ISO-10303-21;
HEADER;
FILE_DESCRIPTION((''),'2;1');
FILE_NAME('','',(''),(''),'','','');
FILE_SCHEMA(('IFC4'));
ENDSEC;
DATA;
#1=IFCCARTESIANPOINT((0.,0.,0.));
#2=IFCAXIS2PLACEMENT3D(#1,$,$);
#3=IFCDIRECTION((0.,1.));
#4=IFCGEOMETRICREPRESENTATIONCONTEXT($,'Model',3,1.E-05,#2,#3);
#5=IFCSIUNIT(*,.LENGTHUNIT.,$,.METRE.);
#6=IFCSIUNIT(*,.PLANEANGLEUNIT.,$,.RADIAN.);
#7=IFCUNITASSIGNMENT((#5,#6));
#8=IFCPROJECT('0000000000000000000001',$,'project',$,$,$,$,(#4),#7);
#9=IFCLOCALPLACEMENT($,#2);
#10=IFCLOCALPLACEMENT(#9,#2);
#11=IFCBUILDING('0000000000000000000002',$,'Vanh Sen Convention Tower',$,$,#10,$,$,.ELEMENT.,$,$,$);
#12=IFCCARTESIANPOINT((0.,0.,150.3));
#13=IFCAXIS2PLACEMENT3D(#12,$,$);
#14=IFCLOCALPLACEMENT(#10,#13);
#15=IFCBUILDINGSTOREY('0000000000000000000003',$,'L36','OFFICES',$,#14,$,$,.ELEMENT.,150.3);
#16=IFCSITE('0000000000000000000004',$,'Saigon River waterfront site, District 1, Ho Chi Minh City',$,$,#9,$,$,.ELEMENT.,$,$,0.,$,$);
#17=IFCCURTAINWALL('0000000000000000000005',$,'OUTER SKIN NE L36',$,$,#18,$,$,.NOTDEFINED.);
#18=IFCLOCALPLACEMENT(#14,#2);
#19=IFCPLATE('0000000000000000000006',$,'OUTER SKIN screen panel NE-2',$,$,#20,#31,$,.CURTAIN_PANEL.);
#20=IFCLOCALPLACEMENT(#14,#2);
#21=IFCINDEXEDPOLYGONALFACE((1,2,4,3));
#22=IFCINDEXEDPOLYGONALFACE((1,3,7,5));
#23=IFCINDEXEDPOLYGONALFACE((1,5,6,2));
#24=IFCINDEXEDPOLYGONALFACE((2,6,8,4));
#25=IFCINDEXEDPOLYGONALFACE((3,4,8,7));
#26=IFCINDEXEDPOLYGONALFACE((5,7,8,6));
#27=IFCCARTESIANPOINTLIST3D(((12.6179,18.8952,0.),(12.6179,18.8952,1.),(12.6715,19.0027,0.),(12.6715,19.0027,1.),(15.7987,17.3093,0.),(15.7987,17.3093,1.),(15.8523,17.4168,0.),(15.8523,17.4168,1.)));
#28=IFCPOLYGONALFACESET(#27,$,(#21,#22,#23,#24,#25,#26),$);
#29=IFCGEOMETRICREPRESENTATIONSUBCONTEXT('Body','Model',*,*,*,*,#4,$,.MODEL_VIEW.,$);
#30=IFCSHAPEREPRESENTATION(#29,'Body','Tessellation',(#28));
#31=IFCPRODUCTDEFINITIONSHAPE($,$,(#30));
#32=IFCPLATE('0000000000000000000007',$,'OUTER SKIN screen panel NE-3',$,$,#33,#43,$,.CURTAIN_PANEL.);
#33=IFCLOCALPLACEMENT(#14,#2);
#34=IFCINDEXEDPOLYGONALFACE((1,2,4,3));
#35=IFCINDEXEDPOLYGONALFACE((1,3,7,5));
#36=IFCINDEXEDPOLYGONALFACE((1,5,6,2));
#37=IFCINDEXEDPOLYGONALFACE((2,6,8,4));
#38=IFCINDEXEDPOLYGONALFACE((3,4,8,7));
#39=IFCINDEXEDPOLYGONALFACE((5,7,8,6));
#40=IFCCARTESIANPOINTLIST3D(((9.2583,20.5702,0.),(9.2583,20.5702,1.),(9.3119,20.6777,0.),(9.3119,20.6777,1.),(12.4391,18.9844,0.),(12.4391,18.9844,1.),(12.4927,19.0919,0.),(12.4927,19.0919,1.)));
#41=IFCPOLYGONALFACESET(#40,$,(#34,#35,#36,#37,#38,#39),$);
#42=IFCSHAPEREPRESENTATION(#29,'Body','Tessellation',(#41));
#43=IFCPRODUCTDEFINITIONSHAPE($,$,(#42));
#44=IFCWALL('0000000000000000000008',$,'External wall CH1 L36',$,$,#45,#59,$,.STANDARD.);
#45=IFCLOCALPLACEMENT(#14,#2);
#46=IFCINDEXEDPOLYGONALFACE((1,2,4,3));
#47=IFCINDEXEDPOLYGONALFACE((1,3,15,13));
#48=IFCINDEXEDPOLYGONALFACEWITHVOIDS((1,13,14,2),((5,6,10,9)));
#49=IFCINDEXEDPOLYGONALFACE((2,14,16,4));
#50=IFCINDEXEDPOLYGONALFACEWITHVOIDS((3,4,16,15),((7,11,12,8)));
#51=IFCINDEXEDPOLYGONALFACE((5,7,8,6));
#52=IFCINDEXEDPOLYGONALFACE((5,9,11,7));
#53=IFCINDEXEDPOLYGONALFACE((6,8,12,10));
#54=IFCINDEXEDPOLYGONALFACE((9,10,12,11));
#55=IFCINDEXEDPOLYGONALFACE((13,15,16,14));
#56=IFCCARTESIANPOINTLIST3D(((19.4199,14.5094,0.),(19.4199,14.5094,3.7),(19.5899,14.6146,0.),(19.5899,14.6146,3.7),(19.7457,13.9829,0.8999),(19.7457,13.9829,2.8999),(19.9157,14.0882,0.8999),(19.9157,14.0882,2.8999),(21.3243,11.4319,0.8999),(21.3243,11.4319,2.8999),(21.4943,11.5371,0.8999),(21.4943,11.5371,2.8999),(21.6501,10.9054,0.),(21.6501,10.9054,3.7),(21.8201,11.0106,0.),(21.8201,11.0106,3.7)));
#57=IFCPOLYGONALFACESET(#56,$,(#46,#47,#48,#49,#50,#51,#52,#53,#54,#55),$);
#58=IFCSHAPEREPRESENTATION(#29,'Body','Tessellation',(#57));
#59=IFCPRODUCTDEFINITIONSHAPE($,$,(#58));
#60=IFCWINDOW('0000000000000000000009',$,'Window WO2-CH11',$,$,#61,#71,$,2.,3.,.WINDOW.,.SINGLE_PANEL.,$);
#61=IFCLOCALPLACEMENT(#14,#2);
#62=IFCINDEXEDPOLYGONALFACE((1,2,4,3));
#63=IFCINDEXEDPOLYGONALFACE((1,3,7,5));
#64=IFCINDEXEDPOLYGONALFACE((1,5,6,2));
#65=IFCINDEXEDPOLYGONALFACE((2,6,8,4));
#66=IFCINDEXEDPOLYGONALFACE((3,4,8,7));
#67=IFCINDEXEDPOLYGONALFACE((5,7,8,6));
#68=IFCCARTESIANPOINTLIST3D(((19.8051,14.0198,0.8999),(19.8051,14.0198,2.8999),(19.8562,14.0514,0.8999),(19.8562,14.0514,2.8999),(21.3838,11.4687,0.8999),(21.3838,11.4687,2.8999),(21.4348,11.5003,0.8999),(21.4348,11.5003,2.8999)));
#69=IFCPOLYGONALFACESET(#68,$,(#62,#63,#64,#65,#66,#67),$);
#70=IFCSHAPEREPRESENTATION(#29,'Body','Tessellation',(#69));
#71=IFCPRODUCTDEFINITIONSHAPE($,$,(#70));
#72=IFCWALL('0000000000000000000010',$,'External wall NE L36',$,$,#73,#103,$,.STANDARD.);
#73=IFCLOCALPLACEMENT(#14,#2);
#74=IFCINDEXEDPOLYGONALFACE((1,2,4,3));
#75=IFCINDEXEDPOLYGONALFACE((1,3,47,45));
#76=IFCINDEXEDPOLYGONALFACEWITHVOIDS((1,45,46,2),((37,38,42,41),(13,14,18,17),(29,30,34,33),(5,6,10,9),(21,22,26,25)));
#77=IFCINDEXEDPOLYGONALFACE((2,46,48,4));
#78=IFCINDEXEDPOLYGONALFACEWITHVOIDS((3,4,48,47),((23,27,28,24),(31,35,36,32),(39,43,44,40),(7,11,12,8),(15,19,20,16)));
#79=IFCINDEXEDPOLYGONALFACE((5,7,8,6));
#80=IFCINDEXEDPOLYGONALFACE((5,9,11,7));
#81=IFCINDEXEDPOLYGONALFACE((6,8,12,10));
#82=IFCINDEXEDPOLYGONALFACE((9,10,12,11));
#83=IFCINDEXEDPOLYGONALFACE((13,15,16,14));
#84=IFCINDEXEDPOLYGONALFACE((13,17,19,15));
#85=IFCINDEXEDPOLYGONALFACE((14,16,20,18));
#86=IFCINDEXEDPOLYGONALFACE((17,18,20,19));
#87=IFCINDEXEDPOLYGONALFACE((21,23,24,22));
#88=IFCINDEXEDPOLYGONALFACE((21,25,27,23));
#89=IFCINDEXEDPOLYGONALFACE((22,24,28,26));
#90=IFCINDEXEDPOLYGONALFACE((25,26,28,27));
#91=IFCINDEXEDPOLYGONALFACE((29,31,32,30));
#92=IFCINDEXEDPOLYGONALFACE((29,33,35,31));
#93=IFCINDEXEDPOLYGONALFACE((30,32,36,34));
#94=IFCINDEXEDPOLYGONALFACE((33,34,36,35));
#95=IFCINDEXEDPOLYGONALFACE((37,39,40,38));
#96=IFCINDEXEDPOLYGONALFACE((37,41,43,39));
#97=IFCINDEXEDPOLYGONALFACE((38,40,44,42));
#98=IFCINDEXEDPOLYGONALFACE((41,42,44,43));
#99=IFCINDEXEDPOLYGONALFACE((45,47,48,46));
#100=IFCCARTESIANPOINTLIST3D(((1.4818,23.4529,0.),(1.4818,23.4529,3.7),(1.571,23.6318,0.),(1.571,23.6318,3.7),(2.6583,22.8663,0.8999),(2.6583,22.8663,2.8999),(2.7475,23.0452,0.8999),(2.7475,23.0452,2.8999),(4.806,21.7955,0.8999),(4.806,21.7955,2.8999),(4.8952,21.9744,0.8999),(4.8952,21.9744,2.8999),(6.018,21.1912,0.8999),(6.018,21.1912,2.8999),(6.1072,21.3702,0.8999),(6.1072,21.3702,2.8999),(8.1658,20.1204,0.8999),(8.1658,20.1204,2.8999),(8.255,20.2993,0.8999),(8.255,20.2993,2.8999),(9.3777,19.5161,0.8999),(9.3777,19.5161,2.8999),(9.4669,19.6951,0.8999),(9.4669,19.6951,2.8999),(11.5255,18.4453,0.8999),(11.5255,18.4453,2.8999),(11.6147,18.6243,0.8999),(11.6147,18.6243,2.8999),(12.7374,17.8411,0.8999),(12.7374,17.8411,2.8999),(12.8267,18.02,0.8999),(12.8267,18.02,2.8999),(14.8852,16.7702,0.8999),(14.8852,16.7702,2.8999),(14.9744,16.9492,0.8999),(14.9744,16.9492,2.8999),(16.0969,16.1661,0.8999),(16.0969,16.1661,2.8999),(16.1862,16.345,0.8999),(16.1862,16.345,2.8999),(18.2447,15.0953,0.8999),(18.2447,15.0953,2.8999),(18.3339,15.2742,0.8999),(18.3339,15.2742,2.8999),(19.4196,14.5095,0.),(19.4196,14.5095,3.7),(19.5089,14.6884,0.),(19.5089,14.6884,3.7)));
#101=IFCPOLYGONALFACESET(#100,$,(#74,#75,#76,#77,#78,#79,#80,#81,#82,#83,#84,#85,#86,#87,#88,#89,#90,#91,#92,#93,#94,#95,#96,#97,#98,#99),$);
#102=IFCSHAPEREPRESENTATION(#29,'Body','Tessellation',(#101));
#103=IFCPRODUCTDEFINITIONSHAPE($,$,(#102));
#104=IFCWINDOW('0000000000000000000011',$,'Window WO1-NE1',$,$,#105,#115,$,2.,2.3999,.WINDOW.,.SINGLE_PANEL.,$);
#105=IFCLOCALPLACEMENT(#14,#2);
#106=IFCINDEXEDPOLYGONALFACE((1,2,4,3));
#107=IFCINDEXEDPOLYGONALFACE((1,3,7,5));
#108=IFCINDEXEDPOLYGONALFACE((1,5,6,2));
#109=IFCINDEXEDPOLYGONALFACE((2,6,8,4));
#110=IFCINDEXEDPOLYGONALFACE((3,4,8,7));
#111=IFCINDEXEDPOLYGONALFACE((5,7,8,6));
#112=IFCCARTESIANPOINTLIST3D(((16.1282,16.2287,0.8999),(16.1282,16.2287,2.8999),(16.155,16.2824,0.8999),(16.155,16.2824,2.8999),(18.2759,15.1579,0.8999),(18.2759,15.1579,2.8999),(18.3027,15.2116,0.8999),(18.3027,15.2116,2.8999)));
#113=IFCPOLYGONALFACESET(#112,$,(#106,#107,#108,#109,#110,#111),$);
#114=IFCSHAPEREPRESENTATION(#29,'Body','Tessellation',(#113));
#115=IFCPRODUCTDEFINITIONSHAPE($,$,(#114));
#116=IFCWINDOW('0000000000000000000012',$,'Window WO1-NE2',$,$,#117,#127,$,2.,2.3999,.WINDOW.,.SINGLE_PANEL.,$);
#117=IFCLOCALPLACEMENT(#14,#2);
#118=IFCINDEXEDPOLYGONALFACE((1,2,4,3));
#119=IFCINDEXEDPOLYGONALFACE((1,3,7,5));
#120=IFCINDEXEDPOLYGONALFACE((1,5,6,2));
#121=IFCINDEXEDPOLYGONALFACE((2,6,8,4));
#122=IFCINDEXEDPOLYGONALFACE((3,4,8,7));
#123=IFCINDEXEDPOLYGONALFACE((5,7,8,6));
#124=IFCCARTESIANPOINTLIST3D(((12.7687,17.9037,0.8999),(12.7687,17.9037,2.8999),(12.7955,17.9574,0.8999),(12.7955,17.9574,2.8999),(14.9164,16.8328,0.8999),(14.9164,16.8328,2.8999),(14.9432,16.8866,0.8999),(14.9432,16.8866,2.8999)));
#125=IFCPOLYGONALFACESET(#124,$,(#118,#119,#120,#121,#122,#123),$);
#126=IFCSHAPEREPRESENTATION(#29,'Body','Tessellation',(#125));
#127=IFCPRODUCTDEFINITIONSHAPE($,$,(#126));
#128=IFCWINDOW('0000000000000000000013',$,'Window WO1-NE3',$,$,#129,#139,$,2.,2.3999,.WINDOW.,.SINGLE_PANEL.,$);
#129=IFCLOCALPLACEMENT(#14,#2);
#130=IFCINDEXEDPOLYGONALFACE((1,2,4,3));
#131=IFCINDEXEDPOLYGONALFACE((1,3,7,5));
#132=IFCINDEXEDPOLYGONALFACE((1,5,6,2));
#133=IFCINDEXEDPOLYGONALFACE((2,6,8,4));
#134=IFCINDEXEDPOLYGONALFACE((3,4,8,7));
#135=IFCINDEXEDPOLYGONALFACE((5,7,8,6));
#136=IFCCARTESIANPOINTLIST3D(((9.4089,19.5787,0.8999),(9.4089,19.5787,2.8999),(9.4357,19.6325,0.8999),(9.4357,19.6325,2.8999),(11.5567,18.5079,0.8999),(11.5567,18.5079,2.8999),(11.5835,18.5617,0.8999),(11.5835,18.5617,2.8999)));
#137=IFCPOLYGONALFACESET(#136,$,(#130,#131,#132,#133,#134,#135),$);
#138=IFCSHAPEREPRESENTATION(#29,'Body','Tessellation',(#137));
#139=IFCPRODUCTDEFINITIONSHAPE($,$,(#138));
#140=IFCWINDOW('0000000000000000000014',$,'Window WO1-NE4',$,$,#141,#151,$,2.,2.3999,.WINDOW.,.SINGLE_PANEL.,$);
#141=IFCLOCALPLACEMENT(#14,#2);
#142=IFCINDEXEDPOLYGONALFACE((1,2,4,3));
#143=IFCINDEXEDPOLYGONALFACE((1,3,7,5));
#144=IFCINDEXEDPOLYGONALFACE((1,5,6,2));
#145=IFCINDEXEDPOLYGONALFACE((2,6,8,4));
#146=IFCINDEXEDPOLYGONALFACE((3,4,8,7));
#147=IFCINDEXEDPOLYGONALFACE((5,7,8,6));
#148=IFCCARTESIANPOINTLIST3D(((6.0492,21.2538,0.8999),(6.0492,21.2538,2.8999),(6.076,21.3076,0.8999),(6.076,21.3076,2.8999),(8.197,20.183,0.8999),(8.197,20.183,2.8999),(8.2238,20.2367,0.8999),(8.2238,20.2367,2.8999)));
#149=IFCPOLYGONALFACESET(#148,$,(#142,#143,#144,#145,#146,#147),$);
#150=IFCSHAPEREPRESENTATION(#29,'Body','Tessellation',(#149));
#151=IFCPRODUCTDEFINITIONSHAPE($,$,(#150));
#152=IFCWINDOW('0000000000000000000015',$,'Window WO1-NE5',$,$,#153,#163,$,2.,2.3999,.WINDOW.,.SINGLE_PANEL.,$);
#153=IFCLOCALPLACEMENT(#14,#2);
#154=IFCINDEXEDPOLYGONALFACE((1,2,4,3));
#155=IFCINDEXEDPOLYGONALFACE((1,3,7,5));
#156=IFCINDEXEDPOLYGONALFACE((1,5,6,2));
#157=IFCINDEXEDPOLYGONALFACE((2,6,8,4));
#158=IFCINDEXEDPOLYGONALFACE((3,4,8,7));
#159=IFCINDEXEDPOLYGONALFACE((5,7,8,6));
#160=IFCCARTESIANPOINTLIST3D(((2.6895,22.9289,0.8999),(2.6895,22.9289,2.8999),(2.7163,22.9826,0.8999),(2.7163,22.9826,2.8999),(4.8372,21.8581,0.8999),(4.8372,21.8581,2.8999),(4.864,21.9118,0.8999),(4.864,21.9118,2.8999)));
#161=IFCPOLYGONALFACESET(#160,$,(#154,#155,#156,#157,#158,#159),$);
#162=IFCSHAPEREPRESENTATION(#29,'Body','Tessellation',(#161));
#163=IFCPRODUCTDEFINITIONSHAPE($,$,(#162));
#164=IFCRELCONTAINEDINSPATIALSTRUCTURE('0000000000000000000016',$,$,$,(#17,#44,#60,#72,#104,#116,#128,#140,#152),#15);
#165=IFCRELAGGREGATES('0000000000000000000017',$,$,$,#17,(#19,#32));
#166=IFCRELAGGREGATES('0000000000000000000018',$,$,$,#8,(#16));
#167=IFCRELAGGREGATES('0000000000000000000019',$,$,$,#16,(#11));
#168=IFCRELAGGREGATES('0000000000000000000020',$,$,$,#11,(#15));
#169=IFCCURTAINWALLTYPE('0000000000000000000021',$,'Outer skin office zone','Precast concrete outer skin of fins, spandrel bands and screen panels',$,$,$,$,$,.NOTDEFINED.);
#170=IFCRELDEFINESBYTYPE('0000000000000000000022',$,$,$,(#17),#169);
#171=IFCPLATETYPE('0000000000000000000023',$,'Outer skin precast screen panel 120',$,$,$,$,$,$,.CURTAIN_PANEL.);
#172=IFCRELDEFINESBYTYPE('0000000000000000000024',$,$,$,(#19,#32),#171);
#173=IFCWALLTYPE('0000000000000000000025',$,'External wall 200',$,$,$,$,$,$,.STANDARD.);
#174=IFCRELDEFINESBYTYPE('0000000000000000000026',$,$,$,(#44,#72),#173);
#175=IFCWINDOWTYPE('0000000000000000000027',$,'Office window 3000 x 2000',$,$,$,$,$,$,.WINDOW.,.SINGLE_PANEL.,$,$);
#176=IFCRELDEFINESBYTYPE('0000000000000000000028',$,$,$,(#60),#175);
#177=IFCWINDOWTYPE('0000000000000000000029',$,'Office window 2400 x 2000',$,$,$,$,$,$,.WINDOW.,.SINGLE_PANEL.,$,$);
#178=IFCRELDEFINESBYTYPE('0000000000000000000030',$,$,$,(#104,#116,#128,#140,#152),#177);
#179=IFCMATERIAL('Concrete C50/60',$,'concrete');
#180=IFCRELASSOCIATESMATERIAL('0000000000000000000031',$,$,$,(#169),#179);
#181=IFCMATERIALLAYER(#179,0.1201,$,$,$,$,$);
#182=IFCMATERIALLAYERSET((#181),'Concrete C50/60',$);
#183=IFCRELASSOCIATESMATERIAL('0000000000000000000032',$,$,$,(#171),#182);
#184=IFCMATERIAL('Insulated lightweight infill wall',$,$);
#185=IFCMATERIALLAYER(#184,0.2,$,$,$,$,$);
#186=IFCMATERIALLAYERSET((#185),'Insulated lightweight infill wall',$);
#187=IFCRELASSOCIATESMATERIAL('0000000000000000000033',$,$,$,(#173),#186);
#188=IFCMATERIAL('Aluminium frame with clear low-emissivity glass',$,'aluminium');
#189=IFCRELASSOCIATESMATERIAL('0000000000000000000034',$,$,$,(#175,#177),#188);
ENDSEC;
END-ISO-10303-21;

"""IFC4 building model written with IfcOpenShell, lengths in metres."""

from ifc_helpers import new_model, si_unit, direction, frame, frame_2d, origin, origin_2d, place, context, subcontext, project, spatial, rectangle, extrude, material, layer, layer_set, type_object, element, fill, aggregate, save


model = new_model("IFC4")

# Units and contexts
model_context = context("Model", 3, precision=1e-05, world=origin(), true_north=direction((0.0, 1.0)))
body_context = subcontext(model_context, "Body", "Model", "MODEL_VIEW")
ifc_project = project(units=[si_unit("LENGTHUNIT", "METRE"), si_unit("PLANEANGLEUNIT", "RADIAN")], contexts=[model_context])

# Site, building, storey
site_placement = place(None, origin())
site = spatial("IfcSite", under=ifc_project, at=site_placement, Name="Saigon River waterfront site, District 1, Ho Chi Minh City", CompositionType="ELEMENT", RefElevation=0.0)
building_placement = place(site_placement, origin())
building = spatial("IfcBuilding", under=site, at=building_placement, Name="Vanh Sen Convention Tower", CompositionType="ELEMENT")
storey_placement = place(building_placement, frame((0.0, 0.0, 150.3)))
storey = spatial("IfcBuildingStorey", under=building, at=storey_placement, Name="L36", Description="OFFICES", CompositionType="ELEMENT", Elevation=150.3)

# Curtain wall
ifc_material_1 = material(Name="Concrete C50/60", Category="concrete")
curtain_wall_type = type_object("IfcCurtainWallType", Name="Outer skin office zone", Description="Precast concrete outer skin of fins, spandrel bands and screen panels", PredefinedType="NOTDEFINED", material=ifc_material_1)
curtain_wall_1_placement = place(storey_placement, origin())
curtain_wall_1 = element("IfcCurtainWall", 1, at=curtain_wall_1_placement, inside=storey, type_object=curtain_wall_type, Name="OUTER SKIN NE L36", PredefinedType="NOTDEFINED")

# Shared definitions
ifc_layer_1 = layer(ifc_material_1, 0.1201)
ifc_layer_set_1 = layer_set([ifc_layer_1], Name="Concrete C50/60")
plate_type = type_object("IfcPlateType", Name="Outer skin precast screen panel 120", PredefinedType="CURTAIN_PANEL", material=ifc_layer_set_1)

# Plates
plate_1_placement = place(storey_placement, frame((14.2351, 18.156, 0.0), z_axis=(0.0, 0.0, 1.0), x_axis=(-0.894933, 0.446201, 0.0)))
plate_1 = element("IfcPlate", 2, at=plate_1_placement, type_object=plate_type, Name="OUTER SKIN screen panel NE-2", PredefinedType="CURTAIN_PANEL", context=body_context, shape_type="SweptSolid", body=[
    extrude(rectangle(XDim=3.5542, YDim=0.1201, at=origin_2d()), origin(), (0.0, 0.0, 1.0), 1.0),
])
plate_2_placement = place(storey_placement, frame((10.8755, 19.8311, 0.0), z_axis=(0.0, 0.0, 1.0), x_axis=(-0.894933, 0.446201, 0.0)))
plate_2 = element("IfcPlate", 3, at=plate_2_placement, type_object=plate_type, Name="OUTER SKIN screen panel NE-3", PredefinedType="CURTAIN_PANEL", context=body_context, shape_type="SweptSolid", body=[
    extrude(rectangle(XDim=3.5542, YDim=0.1201, at=origin_2d()), origin(), (0.0, 0.0, 1.0), 1.0),
])
aggregate(curtain_wall_1, [plate_1, plate_2])

# Wall, opening, window
ifc_material_2 = material(Name="Insulated lightweight infill wall")
ifc_layer_2 = layer(ifc_material_2, 0.2)
ifc_layer_set_2 = layer_set([ifc_layer_2], Name="Insulated lightweight infill wall")
wall_type_1 = type_object("IfcWallType", Name="External wall 200", PredefinedType="STANDARD", material=ifc_layer_set_2)
wall_1_placement = place(storey_placement, frame((21.7351, 10.958, 0.0), z_axis=(0.0, 0.0, 1.0), x_axis=(-0.526214, 0.850352, 0.0)))
wall_1 = element("IfcWall", 4, at=wall_1_placement, inside=storey, type_object=wall_type_1, Name="External wall CH1 L36", PredefinedType="STANDARD", context=body_context, shape_type="SweptSolid", body=[
    extrude(rectangle(XDim=4.2383, YDim=0.2, at=frame_2d((2.1191, 0.0))), origin(), (0.0, 0.0, 1.0), 3.7),
])
opening_1_placement = place(wall_1_placement, frame((0.6191, 0.0, 0.8999)))
opening_1 = element("IfcOpeningElement", 5, at=opening_1_placement, cuts=wall_1, PredefinedType="OPENING", context=body_context, shape_type="SweptSolid", body=[
    extrude(rectangle(XDim=3.0, YDim=2.0, at=frame_2d((1.5, 1.0))), frame((0.0, 0.1099, 0.0), z_axis=(0.0, -1.0, 0.0), x_axis=(1.0, 0.0, 0.0)), (0.0, 0.0, 1.0), 0.22),
])
ifc_material_3 = material(Name="Aluminium frame with clear low-emissivity glass", Category="aluminium")
window_type_1 = type_object("IfcWindowType", Name="Office window 3000 x 2000", PartitioningType="SINGLE_PANEL", PredefinedType="WINDOW", material=ifc_material_3)
window_1_placement = place(opening_1_placement, origin())
window_1 = element("IfcWindow", 6, at=window_1_placement, inside=storey, type_object=window_type_1, Name="Window WO2-CH11", OverallHeight=2.0, OverallWidth=3.0, PartitioningType="SINGLE_PANEL", PredefinedType="WINDOW", context=body_context, shape_type="SweptSolid", body=[
    extrude(rectangle(XDim=3.0, YDim=2.0, at=frame_2d((1.5, 1.0))), frame((0.0, 0.03, 0.0), z_axis=(0.0, -1.0, 0.0), x_axis=(1.0, 0.0, 0.0)), (0.0, 0.0, 1.0), 0.0601),
])
fill(opening_1, window_1)

# Wall, openings, windows
wall_2_placement = place(storey_placement, frame((19.4644, 14.5989, 0.0), z_axis=(0.0, 0.0, 1.0), x_axis=(-0.894936, 0.446195, 0.0)))
wall_2 = element("IfcWall", 7, at=wall_2_placement, inside=storey, type_object=wall_type_1, Name="External wall NE L36", PredefinedType="STANDARD", context=body_context, shape_type="SweptSolid", body=[
    extrude(rectangle(XDim=20.0437, YDim=0.2, at=frame_2d((10.022, 0.0))), origin(), (0.0, 0.0, 1.0), 3.7),
])
opening_2_placement = place(wall_2_placement, frame((1.313, 0.0, 0.8999)))
opening_2 = element("IfcOpeningElement", 8, at=opening_2_placement, cuts=wall_2, PredefinedType="OPENING", context=body_context, shape_type="SweptSolid", body=[
    extrude(rectangle(XDim=2.3999, YDim=2.0, at=frame_2d((1.2, 1.0))), frame((0.0, 0.1099, 0.0), z_axis=(0.0, -1.0, 0.0), x_axis=(1.0, 0.0, 0.0)), (0.0, 0.0, 1.0), 0.22),
])
opening_3_placement = place(wall_2_placement, frame((5.0669, 0.0, 0.8999)))
opening_3 = element("IfcOpeningElement", 9, at=opening_3_placement, cuts=wall_2, PredefinedType="OPENING", context=body_context, shape_type="SweptSolid", body=[
    extrude(rectangle(XDim=2.3999, YDim=2.0, at=frame_2d((1.2, 1.0))), frame((0.0, 0.1099, 0.0), z_axis=(0.0, -1.0, 0.0), x_axis=(1.0, 0.0, 0.0)), (0.0, 0.0, 1.0), 0.22),
])
opening_4_placement = place(wall_2_placement, frame((8.821, 0.0, 0.8999)))
opening_4 = element("IfcOpeningElement", 10, at=opening_4_placement, cuts=wall_2, PredefinedType="OPENING", context=body_context, shape_type="SweptSolid", body=[
    extrude(rectangle(XDim=2.3999, YDim=2.0, at=frame_2d((1.2, 1.0))), frame((0.0, 0.1099, 0.0), z_axis=(0.0, -1.0, 0.0), x_axis=(1.0, 0.0, 0.0)), (0.0, 0.0, 1.0), 0.22),
])
opening_5_placement = place(wall_2_placement, frame((12.5752, 0.0, 0.8999)))
opening_5 = element("IfcOpeningElement", 11, at=opening_5_placement, cuts=wall_2, PredefinedType="OPENING", context=body_context, shape_type="SweptSolid", body=[
    extrude(rectangle(XDim=2.3999, YDim=2.0, at=frame_2d((1.2, 1.0))), frame((0.0, 0.1099, 0.0), z_axis=(0.0, -1.0, 0.0), x_axis=(1.0, 0.0, 0.0)), (0.0, 0.0, 1.0), 0.22),
])
opening_6_placement = place(wall_2_placement, frame((16.3293, 0.0, 0.8999)))
opening_6 = element("IfcOpeningElement", 12, at=opening_6_placement, cuts=wall_2, PredefinedType="OPENING", context=body_context, shape_type="SweptSolid", body=[
    extrude(rectangle(XDim=2.3999, YDim=2.0, at=frame_2d((1.2, 1.0))), frame((0.0, 0.1099, 0.0), z_axis=(0.0, -1.0, 0.0), x_axis=(1.0, 0.0, 0.0)), (0.0, 0.0, 1.0), 0.22),
])
window_type_2 = type_object("IfcWindowType", Name="Office window 2400 x 2000", PartitioningType="SINGLE_PANEL", PredefinedType="WINDOW", material=ifc_material_3)
window_2_placement = place(opening_2_placement, origin())
window_2 = element("IfcWindow", 13, at=window_2_placement, inside=storey, type_object=window_type_2, Name="Window WO1-NE1", OverallHeight=2.0, OverallWidth=2.3999, PartitioningType="SINGLE_PANEL", PredefinedType="WINDOW", context=body_context, shape_type="SweptSolid", body=[
    extrude(rectangle(XDim=2.3999, YDim=2.0, at=frame_2d((1.2, 1.0))), frame((0.0, 0.03, 0.0), z_axis=(0.0, -1.0, 0.0), x_axis=(1.0, 0.0, 0.0)), (0.0, 0.0, 1.0), 0.0601),
])
fill(opening_2, window_2)
window_3_placement = place(opening_3_placement, origin())
window_3 = element("IfcWindow", 14, at=window_3_placement, inside=storey, type_object=window_type_2, Name="Window WO1-NE2", OverallHeight=2.0, OverallWidth=2.3999, PartitioningType="SINGLE_PANEL", PredefinedType="WINDOW", context=body_context, shape_type="SweptSolid", body=[
    extrude(rectangle(XDim=2.3999, YDim=2.0, at=frame_2d((1.2, 1.0))), frame((0.0, 0.03, 0.0), z_axis=(0.0, -1.0, 0.0), x_axis=(1.0, 0.0, 0.0)), (0.0, 0.0, 1.0), 0.0601),
])
fill(opening_3, window_3)
window_4_placement = place(opening_4_placement, origin())
window_4 = element("IfcWindow", 15, at=window_4_placement, inside=storey, type_object=window_type_2, Name="Window WO1-NE3", OverallHeight=2.0, OverallWidth=2.3999, PartitioningType="SINGLE_PANEL", PredefinedType="WINDOW", context=body_context, shape_type="SweptSolid", body=[
    extrude(rectangle(XDim=2.3999, YDim=2.0, at=frame_2d((1.2, 1.0))), frame((0.0, 0.03, 0.0), z_axis=(0.0, -1.0, 0.0), x_axis=(1.0, 0.0, 0.0)), (0.0, 0.0, 1.0), 0.0601),
])
fill(opening_4, window_4)
window_5_placement = place(opening_5_placement, origin())
window_5 = element("IfcWindow", 16, at=window_5_placement, inside=storey, type_object=window_type_2, Name="Window WO1-NE4", OverallHeight=2.0, OverallWidth=2.3999, PartitioningType="SINGLE_PANEL", PredefinedType="WINDOW", context=body_context, shape_type="SweptSolid", body=[
    extrude(rectangle(XDim=2.3999, YDim=2.0, at=frame_2d((1.2, 1.0))), frame((0.0, 0.03, 0.0), z_axis=(0.0, -1.0, 0.0), x_axis=(1.0, 0.0, 0.0)), (0.0, 0.0, 1.0), 0.0601),
])
fill(opening_5, window_5)
window_6_placement = place(opening_6_placement, origin())
window_6 = element("IfcWindow", 17, at=window_6_placement, inside=storey, type_object=window_type_2, Name="Window WO1-NE5", OverallHeight=2.0, OverallWidth=2.3999, PartitioningType="SINGLE_PANEL", PredefinedType="WINDOW", context=body_context, shape_type="SweptSolid", body=[
    extrude(rectangle(XDim=2.3999, YDim=2.0, at=frame_2d((1.2, 1.0))), frame((0.0, 0.03, 0.0), z_axis=(0.0, -1.0, 0.0), x_axis=(1.0, 0.0, 0.0)), (0.0, 0.0, 1.0), 0.0601),
])
fill(opening_6, window_6)

save(model, "model.ifc")
